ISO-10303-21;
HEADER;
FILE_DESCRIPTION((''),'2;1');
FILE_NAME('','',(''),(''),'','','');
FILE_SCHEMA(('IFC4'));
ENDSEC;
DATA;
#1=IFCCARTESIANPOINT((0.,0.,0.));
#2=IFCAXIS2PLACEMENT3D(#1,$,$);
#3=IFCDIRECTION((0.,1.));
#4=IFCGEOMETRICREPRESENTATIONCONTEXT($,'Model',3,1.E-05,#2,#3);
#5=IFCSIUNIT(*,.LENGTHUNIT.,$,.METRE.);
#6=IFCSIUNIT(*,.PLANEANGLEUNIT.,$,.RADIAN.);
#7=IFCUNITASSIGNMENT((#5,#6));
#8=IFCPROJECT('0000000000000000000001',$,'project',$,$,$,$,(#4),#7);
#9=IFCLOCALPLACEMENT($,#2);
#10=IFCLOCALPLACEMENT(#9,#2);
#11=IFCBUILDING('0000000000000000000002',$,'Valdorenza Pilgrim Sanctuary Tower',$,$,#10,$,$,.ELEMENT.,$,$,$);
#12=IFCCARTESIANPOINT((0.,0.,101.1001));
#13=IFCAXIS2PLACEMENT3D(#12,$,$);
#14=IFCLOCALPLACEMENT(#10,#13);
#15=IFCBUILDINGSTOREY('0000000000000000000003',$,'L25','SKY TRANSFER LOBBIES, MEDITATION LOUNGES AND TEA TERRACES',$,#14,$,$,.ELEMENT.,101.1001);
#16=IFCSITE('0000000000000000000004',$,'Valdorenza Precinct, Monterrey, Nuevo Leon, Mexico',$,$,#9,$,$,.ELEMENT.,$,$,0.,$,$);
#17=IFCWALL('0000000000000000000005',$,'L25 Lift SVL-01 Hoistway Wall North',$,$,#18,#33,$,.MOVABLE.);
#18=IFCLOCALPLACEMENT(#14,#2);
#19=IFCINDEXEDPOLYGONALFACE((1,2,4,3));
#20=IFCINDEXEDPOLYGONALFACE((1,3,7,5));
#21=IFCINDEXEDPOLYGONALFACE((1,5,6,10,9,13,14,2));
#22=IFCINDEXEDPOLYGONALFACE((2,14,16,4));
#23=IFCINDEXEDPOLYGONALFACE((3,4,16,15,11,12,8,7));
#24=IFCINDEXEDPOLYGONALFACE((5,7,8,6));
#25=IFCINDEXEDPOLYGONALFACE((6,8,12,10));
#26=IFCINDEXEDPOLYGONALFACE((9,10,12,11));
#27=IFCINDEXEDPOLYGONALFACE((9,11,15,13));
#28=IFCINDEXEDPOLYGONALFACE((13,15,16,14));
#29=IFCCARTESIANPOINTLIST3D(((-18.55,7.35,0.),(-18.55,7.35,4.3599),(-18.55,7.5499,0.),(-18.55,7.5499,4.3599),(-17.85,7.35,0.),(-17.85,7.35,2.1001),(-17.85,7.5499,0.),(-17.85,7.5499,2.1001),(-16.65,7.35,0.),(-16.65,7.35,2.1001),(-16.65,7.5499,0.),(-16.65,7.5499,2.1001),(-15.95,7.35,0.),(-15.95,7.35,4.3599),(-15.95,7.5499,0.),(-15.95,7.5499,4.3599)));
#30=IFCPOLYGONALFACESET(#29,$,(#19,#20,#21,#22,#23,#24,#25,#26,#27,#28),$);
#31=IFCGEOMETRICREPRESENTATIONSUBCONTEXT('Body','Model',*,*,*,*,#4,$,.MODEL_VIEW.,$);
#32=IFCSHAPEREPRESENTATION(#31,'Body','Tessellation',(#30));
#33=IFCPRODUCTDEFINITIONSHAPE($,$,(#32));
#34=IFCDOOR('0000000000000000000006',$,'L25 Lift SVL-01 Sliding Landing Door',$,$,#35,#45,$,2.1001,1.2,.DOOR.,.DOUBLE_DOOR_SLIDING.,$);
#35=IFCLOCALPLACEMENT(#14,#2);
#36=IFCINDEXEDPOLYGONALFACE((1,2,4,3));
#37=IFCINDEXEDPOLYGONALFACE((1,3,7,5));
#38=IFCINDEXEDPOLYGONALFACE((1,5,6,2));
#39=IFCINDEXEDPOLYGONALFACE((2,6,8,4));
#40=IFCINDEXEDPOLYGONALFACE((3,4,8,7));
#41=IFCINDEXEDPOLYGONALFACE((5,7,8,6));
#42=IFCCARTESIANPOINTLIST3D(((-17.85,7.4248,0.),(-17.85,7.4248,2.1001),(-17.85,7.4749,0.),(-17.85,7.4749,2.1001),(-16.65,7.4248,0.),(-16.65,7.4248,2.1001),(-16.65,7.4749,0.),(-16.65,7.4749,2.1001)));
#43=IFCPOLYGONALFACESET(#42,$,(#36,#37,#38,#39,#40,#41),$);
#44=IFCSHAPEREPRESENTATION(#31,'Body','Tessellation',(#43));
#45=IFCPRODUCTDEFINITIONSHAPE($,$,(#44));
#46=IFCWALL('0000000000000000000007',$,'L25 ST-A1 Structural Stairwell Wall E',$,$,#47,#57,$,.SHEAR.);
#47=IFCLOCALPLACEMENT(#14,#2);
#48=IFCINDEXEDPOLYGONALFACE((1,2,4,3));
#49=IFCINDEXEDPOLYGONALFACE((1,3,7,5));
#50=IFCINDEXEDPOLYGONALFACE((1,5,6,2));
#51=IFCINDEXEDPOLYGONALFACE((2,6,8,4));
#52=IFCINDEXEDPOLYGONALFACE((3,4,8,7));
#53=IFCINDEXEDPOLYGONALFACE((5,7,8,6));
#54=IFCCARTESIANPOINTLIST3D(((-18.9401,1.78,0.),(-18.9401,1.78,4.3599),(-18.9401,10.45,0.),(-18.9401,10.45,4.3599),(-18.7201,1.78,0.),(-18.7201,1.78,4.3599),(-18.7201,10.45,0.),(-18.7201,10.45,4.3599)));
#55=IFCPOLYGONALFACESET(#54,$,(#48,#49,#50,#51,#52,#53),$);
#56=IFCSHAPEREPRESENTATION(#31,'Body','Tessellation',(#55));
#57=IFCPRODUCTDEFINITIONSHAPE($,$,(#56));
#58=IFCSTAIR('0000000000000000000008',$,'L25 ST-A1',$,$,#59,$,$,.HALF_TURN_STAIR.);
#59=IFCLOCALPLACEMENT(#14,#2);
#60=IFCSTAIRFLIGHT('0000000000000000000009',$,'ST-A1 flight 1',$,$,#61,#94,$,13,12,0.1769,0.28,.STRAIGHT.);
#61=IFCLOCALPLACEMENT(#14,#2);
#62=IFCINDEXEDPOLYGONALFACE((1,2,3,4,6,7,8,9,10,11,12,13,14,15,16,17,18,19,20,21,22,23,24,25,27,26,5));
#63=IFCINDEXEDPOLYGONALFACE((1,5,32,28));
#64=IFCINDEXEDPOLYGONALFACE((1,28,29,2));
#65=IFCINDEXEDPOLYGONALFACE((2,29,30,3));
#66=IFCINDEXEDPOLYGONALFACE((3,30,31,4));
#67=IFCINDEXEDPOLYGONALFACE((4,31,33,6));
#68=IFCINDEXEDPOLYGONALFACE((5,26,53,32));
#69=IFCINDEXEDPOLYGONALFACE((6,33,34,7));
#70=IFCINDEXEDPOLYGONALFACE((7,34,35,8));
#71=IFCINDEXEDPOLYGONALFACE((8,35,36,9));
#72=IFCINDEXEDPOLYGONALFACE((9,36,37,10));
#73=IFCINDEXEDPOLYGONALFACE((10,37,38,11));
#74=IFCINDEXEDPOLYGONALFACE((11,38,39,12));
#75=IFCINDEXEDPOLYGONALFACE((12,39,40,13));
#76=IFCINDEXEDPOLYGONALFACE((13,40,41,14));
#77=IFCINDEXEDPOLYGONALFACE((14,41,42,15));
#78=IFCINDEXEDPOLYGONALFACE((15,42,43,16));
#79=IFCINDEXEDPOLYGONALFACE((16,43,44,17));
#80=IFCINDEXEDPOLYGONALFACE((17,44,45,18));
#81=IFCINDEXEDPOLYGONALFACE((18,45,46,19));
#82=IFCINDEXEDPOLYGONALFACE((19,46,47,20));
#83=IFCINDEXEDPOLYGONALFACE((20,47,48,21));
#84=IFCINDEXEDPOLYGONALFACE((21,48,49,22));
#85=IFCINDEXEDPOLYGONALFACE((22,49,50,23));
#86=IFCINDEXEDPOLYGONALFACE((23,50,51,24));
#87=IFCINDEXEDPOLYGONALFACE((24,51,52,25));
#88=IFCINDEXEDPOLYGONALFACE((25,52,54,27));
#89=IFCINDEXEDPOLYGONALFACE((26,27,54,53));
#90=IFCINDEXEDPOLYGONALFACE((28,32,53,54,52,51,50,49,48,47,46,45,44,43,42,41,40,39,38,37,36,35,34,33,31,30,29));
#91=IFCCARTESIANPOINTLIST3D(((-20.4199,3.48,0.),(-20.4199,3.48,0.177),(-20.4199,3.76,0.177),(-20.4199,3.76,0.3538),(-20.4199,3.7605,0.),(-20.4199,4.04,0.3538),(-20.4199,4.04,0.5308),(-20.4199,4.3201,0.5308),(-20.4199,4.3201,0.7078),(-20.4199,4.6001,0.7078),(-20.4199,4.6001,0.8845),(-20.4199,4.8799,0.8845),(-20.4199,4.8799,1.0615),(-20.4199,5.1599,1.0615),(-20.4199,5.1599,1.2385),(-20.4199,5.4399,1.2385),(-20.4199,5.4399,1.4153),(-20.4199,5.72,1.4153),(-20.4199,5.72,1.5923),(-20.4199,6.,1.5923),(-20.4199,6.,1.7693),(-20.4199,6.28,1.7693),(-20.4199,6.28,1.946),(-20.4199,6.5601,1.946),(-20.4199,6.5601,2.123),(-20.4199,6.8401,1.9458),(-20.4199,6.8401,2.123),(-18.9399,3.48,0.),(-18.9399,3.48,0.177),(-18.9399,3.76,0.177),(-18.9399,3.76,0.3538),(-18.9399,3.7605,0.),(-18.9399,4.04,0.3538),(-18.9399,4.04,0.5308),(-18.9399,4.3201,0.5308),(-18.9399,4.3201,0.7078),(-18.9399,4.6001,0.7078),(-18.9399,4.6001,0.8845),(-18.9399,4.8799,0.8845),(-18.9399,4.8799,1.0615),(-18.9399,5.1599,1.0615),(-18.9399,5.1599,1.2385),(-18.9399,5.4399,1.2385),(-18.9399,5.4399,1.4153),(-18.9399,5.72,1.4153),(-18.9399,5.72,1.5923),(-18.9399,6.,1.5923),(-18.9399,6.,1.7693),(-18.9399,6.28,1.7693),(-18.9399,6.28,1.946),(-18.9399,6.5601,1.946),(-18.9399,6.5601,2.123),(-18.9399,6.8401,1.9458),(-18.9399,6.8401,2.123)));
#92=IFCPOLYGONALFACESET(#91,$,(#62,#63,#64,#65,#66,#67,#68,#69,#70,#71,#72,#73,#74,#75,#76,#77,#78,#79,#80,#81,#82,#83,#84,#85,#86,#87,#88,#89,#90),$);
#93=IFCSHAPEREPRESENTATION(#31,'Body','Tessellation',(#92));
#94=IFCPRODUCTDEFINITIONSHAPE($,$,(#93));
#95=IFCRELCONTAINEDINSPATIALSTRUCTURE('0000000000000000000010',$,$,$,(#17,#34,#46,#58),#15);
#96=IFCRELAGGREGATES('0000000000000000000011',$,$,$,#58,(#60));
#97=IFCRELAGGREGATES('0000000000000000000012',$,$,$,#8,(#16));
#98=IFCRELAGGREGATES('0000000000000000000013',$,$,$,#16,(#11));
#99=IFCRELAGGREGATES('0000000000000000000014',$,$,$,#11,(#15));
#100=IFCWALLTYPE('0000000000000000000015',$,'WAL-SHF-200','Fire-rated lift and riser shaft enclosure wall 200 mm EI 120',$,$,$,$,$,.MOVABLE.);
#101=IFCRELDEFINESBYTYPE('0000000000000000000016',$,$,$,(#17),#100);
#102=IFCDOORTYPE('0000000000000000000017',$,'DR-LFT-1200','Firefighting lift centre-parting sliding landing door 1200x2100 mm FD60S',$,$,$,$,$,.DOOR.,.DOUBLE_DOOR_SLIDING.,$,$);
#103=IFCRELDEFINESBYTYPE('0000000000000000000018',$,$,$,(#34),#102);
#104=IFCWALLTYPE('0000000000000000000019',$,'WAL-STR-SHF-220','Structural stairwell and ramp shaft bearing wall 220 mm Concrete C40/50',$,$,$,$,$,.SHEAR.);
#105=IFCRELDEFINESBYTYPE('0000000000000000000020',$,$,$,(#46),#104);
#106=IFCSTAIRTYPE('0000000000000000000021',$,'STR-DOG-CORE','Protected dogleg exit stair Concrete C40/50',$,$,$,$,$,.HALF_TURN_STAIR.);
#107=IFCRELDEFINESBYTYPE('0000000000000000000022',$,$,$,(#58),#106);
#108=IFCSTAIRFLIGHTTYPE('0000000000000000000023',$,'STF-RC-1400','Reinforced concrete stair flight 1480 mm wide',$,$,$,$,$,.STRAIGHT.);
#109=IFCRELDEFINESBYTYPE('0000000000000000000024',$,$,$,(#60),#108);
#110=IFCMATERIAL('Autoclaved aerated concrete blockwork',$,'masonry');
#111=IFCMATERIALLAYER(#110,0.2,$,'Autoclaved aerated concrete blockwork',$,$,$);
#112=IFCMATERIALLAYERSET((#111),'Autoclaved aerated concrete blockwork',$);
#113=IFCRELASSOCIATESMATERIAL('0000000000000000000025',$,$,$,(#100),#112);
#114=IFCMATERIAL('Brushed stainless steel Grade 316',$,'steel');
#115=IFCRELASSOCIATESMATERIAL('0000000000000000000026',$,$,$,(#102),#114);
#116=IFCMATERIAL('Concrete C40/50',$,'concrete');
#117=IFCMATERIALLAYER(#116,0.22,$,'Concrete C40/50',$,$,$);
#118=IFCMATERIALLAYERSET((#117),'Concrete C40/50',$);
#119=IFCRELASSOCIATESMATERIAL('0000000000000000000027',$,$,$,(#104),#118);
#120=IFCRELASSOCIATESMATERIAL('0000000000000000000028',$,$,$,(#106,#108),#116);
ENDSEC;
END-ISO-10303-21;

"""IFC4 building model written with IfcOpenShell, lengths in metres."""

from ifc_helpers import new_model, si_unit, direction, frame, frame_2d, origin, place, context, subcontext, project, spatial, polyline, rectangle, outline, extrude, material, layer, layer_set, type_object, element, fill, aggregate, save


model = new_model("IFC4")

# Units and contexts
model_context = context("Model", 3, precision=1e-05, world=origin(), true_north=direction((0.0, 1.0)))
body_context = subcontext(model_context, "Body", "Model", "MODEL_VIEW")
ifc_project = project(units=[si_unit("LENGTHUNIT", "METRE"), si_unit("PLANEANGLEUNIT", "RADIAN")], contexts=[model_context])

# Site, building, storey
site_placement = place(None, origin())
site = spatial("IfcSite", under=ifc_project, at=site_placement, Name="Valdorenza Precinct, Monterrey, Nuevo Leon, Mexico", CompositionType="ELEMENT", RefElevation=0.0)
building_placement = place(site_placement, origin())
building = spatial("IfcBuilding", under=site, at=building_placement, Name="Valdorenza Pilgrim Sanctuary Tower", CompositionType="ELEMENT")
storey_placement = place(building_placement, frame((0.0, 0.0, 101.1001)))
storey = spatial("IfcBuildingStorey", under=building, at=storey_placement, Name="L25", Description="SKY TRANSFER LOBBIES, MEDITATION LOUNGES AND TEA TERRACES", CompositionType="ELEMENT", Elevation=101.1001)

# Shared definitions
ifc_material_1 = material(Name="Autoclaved aerated concrete blockwork", Category="masonry")
ifc_layer_1 = layer(ifc_material_1, 0.2, Name="Autoclaved aerated concrete blockwork")
ifc_layer_set_1 = layer_set([ifc_layer_1], Name="Autoclaved aerated concrete blockwork")
wall_type_1 = type_object("IfcWallType", Name="WAL-SHF-200", Description="Fire-rated lift and riser shaft enclosure wall 200 mm EI 120", PredefinedType="MOVABLE", material=ifc_layer_set_1)

# Shared definitions
ifc_material_2 = material(Name="Brushed stainless steel Grade 316", Category="steel")
door_type_1 = type_object("IfcDoorType", Name="DR-LFT-1200", Description="Firefighting lift centre-parting sliding landing door 1200x2100 mm FD60S", OperationType="DOUBLE_DOOR_SLIDING", PredefinedType="DOOR", material=ifc_material_2)

# Wall, opening, door
wall_1_placement = place(storey_placement, frame((-18.55, 7.45, 0.0), z_axis=(0.0, 0.0, 1.0), x_axis=(1.0, 0.0, 0.0)))
wall_1 = element("IfcWall", 1, at=wall_1_placement, inside=storey, type_object=wall_type_1, Name="L25 Lift SVL-01 Hoistway Wall North", PredefinedType="MOVABLE", context=body_context, shape_type="SweptSolid", body=[
    extrude(rectangle(XDim=2.6001, YDim=0.2, at=frame_2d((1.3, 0.0))), origin(), (0.0, 0.0, 1.0), 4.3599),
])
opening_1_placement = place(wall_1_placement, frame((0.7, 0.0, 0.0)))
opening_1 = element("IfcOpeningElement", 2, at=opening_1_placement, cuts=wall_1, PredefinedType="OPENING", context=body_context, shape_type="SweptSolid", body=[
    extrude(rectangle(XDim=1.2, YDim=2.1001, at=frame_2d((0.6001, 1.05))), frame((0.0, 0.1147, 0.0), z_axis=(0.0, -1.0, 0.0), x_axis=(1.0, 0.0, 0.0)), (0.0, 0.0, 1.0), 0.2297),
])
door_1_placement = place(opening_1_placement, origin())
door_1 = element("IfcDoor", 3, at=door_1_placement, inside=storey, type_object=door_type_1, Name="L25 Lift SVL-01 Sliding Landing Door", OperationType="DOUBLE_DOOR_SLIDING", OverallHeight=2.1001, OverallWidth=1.2, PredefinedType="DOOR", context=body_context, shape_type="SweptSolid", body=[
    extrude(rectangle(XDim=1.2, YDim=2.1001, at=frame_2d((0.6001, 1.05))), frame((0.0, 0.0249, 0.0), z_axis=(0.0, -1.0, 0.0), x_axis=(1.0, 0.0, 0.0)), (0.0, 0.0, 1.0), 0.05),
])
fill(opening_1, door_1)

# Wall
ifc_material_3 = material(Name="Concrete C40/50", Category="concrete")
ifc_layer_2 = layer(ifc_material_3, 0.22, Name="Concrete C40/50")
ifc_layer_set_2 = layer_set([ifc_layer_2], Name="Concrete C40/50")
wall_type_2 = type_object("IfcWallType", Name="WAL-STR-SHF-220", Description="Structural stairwell and ramp shaft bearing wall 220 mm Concrete C40/50", PredefinedType="SHEAR", material=ifc_layer_set_2)
wall_2_placement = place(storey_placement, frame((-18.8301, 1.78, 0.0), z_axis=(0.0, 0.0, 1.0), x_axis=(0.0, 1.0, 0.0)))
element("IfcWall", 4, at=wall_2_placement, inside=storey, type_object=wall_type_2, Name="L25 ST-A1 Structural Stairwell Wall E", PredefinedType="SHEAR", context=body_context, shape_type="SweptSolid", body=[
    extrude(rectangle(XDim=8.6699, YDim=0.22, at=frame_2d((4.335, 0.0))), origin(), (0.0, 0.0, 1.0), 4.3599),
])

# Stair, stair flight
stair_type = type_object("IfcStairType", Name="STR-DOG-CORE", Description="Protected dogleg exit stair Concrete C40/50", PredefinedType="HALF_TURN_STAIR", material=ifc_material_3)
stair_placement = place(storey_placement, origin())
stair = element("IfcStair", 5, at=stair_placement, inside=storey, type_object=stair_type, Name="L25 ST-A1", PredefinedType="HALF_TURN_STAIR")
stair_flight_type = type_object("IfcStairFlightType", Name="STF-RC-1400", Description="Reinforced concrete stair flight 1480 mm wide", PredefinedType="STRAIGHT", material=ifc_material_3)
stair_flight_placement = place(storey_placement, frame((-19.6799, 3.48, 0.0), z_axis=(0.0, 0.0, 1.0), x_axis=(0.0, 1.0, 0.0)))
stair_flight = element("IfcStairFlight", 6, at=stair_flight_placement, type_object=stair_flight_type, Name="ST-A1 flight 1", NumberOfRisers=13, NumberOfTreads=12, PredefinedType="STRAIGHT", RiserHeight=0.1769, TreadLength=0.28, context=body_context, shape_type="SweptSolid", body=[
    extrude(outline(polyline([(0.0, 0.0), (0.0, 0.177), (0.28, 0.177), (0.28, 0.3538), (0.5601, 0.3538), (0.5601, 0.5308), (0.8401, 0.5308), (0.8401, 0.7078), (1.1201, 0.7078), (1.1201, 0.8845), (1.3999, 0.8845), (1.3999, 1.0615), (1.6799, 1.0615), (1.6799, 1.2385), (1.96, 1.2385), (1.96, 1.4153), (2.24, 1.4153), (2.24, 1.5923), (2.52, 1.5923), (2.52, 1.7693), (2.8, 1.7693), (2.8, 1.946), (3.0801, 1.946), (3.0801, 2.123), (3.3601, 2.123), (3.3601, 2.3), (3.3601, 1.9458), (0.2805, 0.0), (0.0, 0.0)])), frame((0.0, 0.74, 0.0), z_axis=(0.0, -1.0, 0.0), x_axis=(1.0, 0.0, 0.0)), (0.0, 0.0, 1.0), 1.48),
])
aggregate(stair, [stair_flight])

save(model, "model.ifc")
